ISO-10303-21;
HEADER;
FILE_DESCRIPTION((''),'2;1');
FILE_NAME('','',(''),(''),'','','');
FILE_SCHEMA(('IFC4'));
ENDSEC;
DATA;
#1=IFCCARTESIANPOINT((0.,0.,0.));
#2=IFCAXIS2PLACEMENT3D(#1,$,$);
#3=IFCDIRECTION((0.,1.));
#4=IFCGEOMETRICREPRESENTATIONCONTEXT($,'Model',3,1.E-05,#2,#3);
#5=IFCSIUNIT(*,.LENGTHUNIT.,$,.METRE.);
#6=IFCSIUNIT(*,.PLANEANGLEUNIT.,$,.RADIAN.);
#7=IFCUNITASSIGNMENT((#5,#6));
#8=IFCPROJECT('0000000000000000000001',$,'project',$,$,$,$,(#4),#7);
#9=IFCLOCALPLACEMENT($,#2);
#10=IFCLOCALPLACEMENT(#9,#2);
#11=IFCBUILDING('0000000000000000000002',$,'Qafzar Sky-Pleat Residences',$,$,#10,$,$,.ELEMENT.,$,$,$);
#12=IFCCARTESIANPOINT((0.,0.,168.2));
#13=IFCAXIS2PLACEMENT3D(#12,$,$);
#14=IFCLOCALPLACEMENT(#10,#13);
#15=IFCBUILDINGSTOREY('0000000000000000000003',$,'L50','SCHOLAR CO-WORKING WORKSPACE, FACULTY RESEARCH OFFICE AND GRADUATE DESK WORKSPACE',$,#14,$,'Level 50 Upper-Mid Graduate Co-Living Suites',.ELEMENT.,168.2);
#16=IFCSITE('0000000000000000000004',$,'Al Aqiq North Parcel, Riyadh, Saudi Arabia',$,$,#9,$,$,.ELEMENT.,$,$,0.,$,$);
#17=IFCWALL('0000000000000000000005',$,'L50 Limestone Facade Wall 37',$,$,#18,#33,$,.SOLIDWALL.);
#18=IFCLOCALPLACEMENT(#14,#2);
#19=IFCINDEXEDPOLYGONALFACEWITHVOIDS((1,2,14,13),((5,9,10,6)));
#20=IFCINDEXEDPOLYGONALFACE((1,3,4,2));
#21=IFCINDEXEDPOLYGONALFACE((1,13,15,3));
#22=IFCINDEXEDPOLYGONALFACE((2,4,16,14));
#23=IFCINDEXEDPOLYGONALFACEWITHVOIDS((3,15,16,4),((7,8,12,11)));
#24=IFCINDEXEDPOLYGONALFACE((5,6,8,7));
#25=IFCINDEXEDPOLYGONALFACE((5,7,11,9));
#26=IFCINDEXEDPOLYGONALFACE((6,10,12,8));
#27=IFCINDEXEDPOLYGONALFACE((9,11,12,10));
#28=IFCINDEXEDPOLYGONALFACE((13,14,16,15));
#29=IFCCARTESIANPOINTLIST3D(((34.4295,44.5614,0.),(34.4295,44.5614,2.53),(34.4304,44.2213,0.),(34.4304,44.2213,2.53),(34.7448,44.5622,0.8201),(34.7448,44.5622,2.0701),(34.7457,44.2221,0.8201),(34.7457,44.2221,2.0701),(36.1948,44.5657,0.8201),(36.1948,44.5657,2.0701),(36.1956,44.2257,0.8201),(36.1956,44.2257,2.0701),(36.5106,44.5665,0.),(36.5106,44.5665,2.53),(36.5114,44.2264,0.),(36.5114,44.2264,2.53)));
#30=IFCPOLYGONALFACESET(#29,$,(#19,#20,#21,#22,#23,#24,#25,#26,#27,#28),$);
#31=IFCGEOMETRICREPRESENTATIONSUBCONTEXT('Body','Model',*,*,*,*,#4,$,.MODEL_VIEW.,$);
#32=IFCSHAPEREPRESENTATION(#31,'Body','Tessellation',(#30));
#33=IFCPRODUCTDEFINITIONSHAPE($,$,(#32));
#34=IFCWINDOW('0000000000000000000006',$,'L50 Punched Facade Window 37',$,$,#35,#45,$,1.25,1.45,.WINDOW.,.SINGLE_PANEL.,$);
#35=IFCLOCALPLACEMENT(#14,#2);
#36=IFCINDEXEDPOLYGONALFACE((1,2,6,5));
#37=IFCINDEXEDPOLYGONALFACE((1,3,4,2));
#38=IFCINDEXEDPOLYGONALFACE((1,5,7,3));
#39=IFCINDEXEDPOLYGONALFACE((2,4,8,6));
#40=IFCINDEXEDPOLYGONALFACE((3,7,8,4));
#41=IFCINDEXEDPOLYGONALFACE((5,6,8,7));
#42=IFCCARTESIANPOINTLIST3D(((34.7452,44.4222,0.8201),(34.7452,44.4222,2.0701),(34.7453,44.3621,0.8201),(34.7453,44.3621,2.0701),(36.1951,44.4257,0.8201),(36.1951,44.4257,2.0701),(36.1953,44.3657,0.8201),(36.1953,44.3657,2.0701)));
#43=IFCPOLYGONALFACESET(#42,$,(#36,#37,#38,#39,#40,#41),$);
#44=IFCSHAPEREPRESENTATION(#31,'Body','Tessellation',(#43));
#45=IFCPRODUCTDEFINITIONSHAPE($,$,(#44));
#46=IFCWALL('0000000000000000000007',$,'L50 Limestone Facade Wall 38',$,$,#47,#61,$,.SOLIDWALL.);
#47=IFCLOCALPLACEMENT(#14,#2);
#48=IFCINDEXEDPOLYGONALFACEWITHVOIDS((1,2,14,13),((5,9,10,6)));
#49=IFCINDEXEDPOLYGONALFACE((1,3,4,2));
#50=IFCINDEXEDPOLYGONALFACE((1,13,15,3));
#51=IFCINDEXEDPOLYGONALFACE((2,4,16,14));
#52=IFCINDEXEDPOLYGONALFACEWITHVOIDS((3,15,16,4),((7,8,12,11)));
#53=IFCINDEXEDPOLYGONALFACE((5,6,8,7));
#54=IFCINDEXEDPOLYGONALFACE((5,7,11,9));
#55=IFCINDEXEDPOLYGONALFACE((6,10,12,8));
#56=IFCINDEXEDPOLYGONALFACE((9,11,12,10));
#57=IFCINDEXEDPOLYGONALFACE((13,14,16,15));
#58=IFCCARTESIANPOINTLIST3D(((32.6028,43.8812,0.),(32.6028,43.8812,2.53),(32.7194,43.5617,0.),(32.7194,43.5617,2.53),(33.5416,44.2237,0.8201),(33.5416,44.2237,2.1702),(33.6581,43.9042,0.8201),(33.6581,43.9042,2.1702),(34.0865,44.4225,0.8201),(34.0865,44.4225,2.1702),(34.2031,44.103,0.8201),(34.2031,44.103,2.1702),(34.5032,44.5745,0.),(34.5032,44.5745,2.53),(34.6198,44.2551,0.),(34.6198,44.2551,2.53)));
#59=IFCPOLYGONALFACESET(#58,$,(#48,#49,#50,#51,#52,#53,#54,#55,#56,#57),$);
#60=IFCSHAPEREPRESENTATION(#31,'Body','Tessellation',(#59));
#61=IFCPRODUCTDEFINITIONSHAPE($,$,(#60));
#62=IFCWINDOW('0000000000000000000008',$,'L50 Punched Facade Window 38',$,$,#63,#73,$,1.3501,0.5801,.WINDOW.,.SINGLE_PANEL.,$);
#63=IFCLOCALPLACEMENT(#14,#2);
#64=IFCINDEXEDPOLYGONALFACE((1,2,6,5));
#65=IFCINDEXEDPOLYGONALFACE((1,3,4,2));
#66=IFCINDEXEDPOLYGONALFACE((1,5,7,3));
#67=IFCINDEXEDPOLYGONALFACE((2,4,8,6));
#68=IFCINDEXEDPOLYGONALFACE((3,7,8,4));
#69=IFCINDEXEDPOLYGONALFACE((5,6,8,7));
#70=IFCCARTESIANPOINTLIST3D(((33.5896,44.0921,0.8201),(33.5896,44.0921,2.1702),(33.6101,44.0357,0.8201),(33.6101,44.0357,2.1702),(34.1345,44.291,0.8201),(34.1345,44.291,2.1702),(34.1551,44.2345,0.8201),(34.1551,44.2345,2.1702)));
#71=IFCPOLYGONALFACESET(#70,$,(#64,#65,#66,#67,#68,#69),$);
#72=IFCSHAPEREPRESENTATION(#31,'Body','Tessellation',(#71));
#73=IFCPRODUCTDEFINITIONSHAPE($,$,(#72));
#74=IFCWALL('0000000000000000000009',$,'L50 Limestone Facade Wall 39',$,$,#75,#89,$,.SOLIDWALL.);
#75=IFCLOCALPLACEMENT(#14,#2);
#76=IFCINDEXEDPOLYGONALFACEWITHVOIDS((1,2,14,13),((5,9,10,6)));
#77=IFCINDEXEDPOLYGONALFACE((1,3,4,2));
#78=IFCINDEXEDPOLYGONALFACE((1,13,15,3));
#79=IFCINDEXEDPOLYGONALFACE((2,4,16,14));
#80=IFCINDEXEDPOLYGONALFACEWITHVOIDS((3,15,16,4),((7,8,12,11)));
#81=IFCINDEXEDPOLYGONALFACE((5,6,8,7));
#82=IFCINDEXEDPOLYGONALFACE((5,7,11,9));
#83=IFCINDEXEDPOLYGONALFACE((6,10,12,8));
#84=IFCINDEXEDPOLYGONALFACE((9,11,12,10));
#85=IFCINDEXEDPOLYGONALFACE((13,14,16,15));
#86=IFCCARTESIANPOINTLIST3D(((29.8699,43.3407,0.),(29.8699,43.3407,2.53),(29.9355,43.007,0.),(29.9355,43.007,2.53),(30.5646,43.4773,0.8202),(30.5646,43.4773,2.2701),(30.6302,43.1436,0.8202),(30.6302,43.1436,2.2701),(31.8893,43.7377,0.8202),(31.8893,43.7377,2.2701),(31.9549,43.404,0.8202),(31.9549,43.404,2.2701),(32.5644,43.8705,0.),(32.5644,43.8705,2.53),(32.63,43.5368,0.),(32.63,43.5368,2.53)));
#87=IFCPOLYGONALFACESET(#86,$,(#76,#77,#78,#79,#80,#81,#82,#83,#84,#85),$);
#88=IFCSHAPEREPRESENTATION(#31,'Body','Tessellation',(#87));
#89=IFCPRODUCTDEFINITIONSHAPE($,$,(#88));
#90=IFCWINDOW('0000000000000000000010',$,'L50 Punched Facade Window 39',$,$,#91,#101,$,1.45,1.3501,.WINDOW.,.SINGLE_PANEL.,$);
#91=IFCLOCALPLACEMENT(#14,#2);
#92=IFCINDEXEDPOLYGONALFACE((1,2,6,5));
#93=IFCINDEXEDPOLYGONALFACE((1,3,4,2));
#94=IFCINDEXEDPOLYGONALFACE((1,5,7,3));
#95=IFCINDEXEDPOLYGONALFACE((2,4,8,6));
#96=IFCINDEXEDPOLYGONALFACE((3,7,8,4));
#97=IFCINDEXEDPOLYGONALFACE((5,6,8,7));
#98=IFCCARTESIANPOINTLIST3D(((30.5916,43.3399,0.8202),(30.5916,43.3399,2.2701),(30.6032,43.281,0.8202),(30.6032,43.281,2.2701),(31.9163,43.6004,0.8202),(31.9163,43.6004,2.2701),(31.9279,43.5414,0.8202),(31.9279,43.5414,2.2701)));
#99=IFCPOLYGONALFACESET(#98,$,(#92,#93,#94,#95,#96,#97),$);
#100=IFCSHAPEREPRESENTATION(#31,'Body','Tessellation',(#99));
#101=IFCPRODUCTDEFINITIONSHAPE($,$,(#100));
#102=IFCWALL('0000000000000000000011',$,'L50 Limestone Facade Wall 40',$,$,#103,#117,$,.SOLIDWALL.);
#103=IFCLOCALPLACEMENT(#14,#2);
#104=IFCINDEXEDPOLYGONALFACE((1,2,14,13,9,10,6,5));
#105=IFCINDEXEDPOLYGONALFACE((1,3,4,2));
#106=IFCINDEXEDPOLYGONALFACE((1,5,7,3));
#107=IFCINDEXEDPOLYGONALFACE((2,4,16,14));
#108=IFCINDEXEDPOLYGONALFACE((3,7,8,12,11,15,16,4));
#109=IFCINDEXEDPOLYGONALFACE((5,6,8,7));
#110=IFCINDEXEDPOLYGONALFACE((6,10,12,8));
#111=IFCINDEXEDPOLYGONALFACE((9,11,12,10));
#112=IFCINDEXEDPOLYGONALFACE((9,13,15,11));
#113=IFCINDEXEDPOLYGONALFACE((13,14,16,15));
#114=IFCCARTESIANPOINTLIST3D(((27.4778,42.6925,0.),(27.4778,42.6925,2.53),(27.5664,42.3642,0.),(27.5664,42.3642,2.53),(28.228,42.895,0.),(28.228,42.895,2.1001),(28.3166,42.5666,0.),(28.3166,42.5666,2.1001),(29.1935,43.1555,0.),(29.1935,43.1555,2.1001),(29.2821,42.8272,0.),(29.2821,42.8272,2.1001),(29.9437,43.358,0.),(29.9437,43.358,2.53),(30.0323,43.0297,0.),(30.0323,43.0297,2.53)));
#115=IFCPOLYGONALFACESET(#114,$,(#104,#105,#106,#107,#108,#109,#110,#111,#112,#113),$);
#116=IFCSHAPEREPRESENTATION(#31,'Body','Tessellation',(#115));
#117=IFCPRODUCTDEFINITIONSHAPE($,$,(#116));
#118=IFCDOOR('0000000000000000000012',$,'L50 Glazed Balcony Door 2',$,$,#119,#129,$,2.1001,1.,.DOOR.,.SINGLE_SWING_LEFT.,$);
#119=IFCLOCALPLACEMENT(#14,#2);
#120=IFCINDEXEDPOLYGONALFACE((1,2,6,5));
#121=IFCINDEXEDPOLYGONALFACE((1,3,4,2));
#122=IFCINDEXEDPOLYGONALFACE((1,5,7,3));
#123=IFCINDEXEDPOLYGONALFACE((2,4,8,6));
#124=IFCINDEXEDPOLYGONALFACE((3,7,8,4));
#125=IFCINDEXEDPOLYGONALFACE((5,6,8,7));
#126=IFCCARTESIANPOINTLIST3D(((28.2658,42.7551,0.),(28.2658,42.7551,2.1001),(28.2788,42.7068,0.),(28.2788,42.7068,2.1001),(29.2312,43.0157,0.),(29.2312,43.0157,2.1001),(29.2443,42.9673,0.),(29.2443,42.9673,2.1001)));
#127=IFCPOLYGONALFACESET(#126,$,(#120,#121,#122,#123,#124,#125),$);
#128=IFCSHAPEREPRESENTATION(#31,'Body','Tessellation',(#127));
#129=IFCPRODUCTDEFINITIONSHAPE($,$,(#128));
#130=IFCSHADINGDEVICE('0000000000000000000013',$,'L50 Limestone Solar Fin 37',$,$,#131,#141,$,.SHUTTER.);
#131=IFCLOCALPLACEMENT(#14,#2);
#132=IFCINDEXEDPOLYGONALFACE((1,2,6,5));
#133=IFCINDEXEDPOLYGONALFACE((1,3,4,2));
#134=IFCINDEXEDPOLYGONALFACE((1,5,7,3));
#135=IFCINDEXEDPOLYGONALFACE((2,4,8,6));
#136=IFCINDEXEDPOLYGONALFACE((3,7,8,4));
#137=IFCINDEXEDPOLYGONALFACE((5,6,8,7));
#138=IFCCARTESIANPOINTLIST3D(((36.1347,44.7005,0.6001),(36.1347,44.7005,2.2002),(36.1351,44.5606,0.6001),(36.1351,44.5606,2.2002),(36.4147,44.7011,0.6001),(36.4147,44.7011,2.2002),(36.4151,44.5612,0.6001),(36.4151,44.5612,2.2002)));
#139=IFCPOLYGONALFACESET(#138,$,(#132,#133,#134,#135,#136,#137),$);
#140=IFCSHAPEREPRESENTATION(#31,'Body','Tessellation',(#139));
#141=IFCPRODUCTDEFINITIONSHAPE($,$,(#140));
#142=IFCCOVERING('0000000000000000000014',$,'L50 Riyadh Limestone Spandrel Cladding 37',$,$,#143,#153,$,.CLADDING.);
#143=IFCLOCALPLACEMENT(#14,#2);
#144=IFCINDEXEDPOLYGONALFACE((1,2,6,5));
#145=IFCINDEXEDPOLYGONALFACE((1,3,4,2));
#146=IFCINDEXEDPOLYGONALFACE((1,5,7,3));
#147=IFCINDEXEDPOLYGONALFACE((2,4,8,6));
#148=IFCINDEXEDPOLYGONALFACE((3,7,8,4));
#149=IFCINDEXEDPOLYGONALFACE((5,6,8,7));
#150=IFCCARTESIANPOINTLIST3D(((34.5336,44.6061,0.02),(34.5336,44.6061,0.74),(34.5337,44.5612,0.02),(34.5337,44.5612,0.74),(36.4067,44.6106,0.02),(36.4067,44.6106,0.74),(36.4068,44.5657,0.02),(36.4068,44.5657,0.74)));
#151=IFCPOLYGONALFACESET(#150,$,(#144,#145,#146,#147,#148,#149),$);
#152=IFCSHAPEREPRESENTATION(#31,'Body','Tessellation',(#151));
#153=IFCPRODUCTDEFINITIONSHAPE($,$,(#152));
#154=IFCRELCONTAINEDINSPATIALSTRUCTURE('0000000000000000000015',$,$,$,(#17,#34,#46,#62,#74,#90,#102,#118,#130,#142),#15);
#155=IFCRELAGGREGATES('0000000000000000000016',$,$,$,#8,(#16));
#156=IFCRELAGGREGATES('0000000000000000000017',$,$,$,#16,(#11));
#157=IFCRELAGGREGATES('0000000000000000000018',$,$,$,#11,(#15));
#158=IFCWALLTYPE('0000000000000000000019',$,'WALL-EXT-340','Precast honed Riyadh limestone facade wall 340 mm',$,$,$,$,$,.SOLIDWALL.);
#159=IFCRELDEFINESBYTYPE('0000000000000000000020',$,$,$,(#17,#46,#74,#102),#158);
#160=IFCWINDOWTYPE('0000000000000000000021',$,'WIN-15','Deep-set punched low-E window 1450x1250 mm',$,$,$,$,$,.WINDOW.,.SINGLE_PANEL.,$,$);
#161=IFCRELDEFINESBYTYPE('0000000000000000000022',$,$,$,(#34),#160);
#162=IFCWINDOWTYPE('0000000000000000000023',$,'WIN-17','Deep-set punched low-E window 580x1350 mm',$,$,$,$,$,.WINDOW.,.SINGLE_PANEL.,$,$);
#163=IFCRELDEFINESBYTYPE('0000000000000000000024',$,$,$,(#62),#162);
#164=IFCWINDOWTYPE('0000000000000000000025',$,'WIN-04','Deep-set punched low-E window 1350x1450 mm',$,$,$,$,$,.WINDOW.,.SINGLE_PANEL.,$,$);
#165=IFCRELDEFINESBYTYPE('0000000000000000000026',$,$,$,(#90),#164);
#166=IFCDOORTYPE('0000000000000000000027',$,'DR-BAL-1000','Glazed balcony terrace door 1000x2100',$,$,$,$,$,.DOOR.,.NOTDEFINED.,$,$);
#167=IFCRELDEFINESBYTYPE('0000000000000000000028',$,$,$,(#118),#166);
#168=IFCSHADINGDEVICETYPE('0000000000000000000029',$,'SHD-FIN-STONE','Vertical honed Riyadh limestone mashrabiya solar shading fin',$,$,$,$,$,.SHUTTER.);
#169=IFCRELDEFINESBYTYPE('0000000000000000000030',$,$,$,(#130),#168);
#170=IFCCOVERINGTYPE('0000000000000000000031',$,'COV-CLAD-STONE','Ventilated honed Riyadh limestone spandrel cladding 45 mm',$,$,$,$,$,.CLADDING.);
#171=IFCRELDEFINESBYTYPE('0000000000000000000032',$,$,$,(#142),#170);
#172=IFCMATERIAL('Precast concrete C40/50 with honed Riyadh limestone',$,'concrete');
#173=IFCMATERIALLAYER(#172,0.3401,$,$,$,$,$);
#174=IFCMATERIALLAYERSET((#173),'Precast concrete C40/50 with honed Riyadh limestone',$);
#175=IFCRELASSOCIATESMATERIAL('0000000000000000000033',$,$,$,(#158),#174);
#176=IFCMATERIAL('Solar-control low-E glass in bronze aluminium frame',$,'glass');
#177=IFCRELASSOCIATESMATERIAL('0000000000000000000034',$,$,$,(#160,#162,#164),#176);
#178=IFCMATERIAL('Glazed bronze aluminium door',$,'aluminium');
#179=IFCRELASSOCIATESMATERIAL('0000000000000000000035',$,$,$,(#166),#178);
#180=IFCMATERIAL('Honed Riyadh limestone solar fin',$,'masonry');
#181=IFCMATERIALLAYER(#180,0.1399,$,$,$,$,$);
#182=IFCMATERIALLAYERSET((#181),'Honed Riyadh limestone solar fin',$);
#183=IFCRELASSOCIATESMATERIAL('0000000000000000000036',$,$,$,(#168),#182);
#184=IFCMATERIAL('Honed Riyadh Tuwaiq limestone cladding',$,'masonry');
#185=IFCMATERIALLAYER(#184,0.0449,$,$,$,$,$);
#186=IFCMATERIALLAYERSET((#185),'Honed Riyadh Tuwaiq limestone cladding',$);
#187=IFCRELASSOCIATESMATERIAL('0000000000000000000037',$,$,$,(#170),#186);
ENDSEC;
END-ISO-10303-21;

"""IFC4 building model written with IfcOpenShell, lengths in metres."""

from ifc_helpers import new_model, si_unit, direction, frame, frame_2d, origin, origin_2d, place, context, subcontext, project, spatial, rectangle, extrude, source, transform, mapped, material, layer, layer_set, type_object, element, fill, save


model = new_model("IFC4")

# Units and contexts
model_context = context("Model", 3, precision=1e-05, world=origin(), true_north=direction((0.0, 1.0)))
body_context = subcontext(model_context, "Body", "Model", "MODEL_VIEW")
ifc_project = project(units=[si_unit("LENGTHUNIT", "METRE"), si_unit("PLANEANGLEUNIT", "RADIAN")], contexts=[model_context])

# Site, building, storey
site_placement = place(None, origin())
site = spatial("IfcSite", under=ifc_project, at=site_placement, Name="Al Aqiq North Parcel, Riyadh, Saudi Arabia", CompositionType="ELEMENT", RefElevation=0.0)
building_placement = place(site_placement, origin())
building = spatial("IfcBuilding", under=site, at=building_placement, Name="Qafzar Sky-Pleat Residences", CompositionType="ELEMENT")
storey_placement = place(building_placement, frame((0.0, 0.0, 168.2)))
storey = spatial("IfcBuildingStorey", under=building, at=storey_placement, Name="L50", Description="SCHOLAR CO-WORKING WORKSPACE, FACULTY RESEARCH OFFICE AND GRADUATE DESK WORKSPACE", LongName="Level 50 Upper-Mid Graduate Co-Living Suites", CompositionType="ELEMENT", Elevation=168.2)

# Walls, openings, windows
ifc_material_1 = material(Name="Precast concrete C40/50 with honed Riyadh limestone", Category="concrete")
ifc_layer_1 = layer(ifc_material_1, 0.3401)
ifc_layer_set_1 = layer_set([ifc_layer_1], Name="Precast concrete C40/50 with honed Riyadh limestone")
wall_type_1 = type_object("IfcWallType", Name="WALL-EXT-340", Description="Precast honed Riyadh limestone facade wall 340 mm", PredefinedType="SOLIDWALL", material=ifc_layer_set_1)
wall_1_placement = place(storey_placement, frame((36.511, 44.3965, 0.0), z_axis=(0.0, 0.0, 1.0), x_axis=(-0.999997, -0.002464, 0.0)))
wall_1 = element("IfcWall", 1, at=wall_1_placement, inside=storey, type_object=wall_type_1, Name="L50 Limestone Facade Wall 37", PredefinedType="SOLIDWALL", context=body_context, shape_type="SweptSolid", body=[
    extrude(rectangle(XDim=2.0811, YDim=0.3401, at=frame_2d((1.0405, 0.0))), origin(), (0.0, 0.0, 1.0), 2.53),
])
opening_1_placement = place(wall_1_placement, frame((0.3157, 0.0, 0.8201)))
opening_1 = element("IfcOpeningElement", 2, at=opening_1_placement, cuts=wall_1, PredefinedType="OPENING", context=body_context, shape_type="SweptSolid", body=[
    extrude(rectangle(XDim=1.45, YDim=1.25, at=frame_2d((0.7251, 0.625))), frame((0.0, 0.1802, 0.0), z_axis=(0.0, -1.0, 0.0), x_axis=(1.0, 0.0, 0.0)), (0.0, 0.0, 1.0), 0.3601),
])
ifc_material_2 = material(Name="Solar-control low-E glass in bronze aluminium frame", Category="glass")
window_type_1 = type_object("IfcWindowType", Name="WIN-15", Description="Deep-set punched low-E window 1450x1250 mm", PartitioningType="SINGLE_PANEL", PredefinedType="WINDOW", material=ifc_material_2)
shared_shape_1 = source(origin(), body_context, "Body", "SweptSolid", [
    extrude(rectangle(XDim=1.45, YDim=1.25, at=frame_2d((0.7251, 0.625))), frame((0.0, 0.03, 0.0), z_axis=(0.0, -1.0, 0.0), x_axis=(1.0, 0.0, 0.0)), (0.0, 0.0, 1.0), 0.0601),
])
window_1_placement = place(opening_1_placement, origin())
window_1 = element("IfcWindow", 3, at=window_1_placement, inside=storey, type_object=window_type_1, Name="L50 Punched Facade Window 37", OverallHeight=1.25, OverallWidth=1.45, PartitioningType="SINGLE_PANEL", PredefinedType="WINDOW", context=body_context, shape_type="MappedRepresentation", body=[
    mapped(shared_shape_1, transform((0.0, 0.0, 0.0), x_axis=(1.0, 0.0, 0.0), y_axis=(0.0, 1.0, 0.0), z_axis=(0.0, 0.0, 1.0), scale=1.0)),
])
fill(opening_1, window_1)
wall_2_placement = place(storey_placement, frame((34.5615, 44.4148, 0.0), z_axis=(0.0, 0.0, 1.0), x_axis=(-0.939426, -0.342751, 0.0)))
wall_2 = element("IfcWall", 4, at=wall_2_placement, inside=storey, type_object=wall_type_1, Name="L50 Limestone Facade Wall 38", PredefinedType="SOLIDWALL", context=body_context, shape_type="SweptSolid", body=[
    extrude(rectangle(XDim=2.0229, YDim=0.3401, at=frame_2d((1.0115, 0.0))), origin(), (0.0, 0.0, 1.0), 2.53),
])
opening_2_placement = place(wall_2_placement, frame((0.4436, 0.0, 0.8201)))
opening_2 = element("IfcOpeningElement", 5, at=opening_2_placement, cuts=wall_2, PredefinedType="OPENING", context=body_context, shape_type="SweptSolid", body=[
    extrude(rectangle(XDim=0.5801, YDim=1.3501, at=frame_2d((0.29, 0.675))), frame((0.0, 0.1802, 0.0), z_axis=(0.0, -1.0, 0.0), x_axis=(1.0, 0.0, 0.0)), (0.0, 0.0, 1.0), 0.3601),
])
window_type_2 = type_object("IfcWindowType", Name="WIN-17", Description="Deep-set punched low-E window 580x1350 mm", PartitioningType="SINGLE_PANEL", PredefinedType="WINDOW", material=ifc_material_2)
shared_shape_2 = source(origin(), body_context, "Body", "SweptSolid", [
    extrude(rectangle(XDim=0.5801, YDim=1.3501, at=frame_2d((0.29, 0.675))), frame((0.0, 0.03, 0.0), z_axis=(0.0, -1.0, 0.0), x_axis=(1.0, 0.0, 0.0)), (0.0, 0.0, 1.0), 0.0601),
])
window_2_placement = place(opening_2_placement, origin())
window_2 = element("IfcWindow", 6, at=window_2_placement, inside=storey, type_object=window_type_2, Name="L50 Punched Facade Window 38", OverallHeight=1.3501, OverallWidth=0.5801, PartitioningType="SINGLE_PANEL", PredefinedType="WINDOW", context=body_context, shape_type="MappedRepresentation", body=[
    mapped(shared_shape_2, transform((0.0, 0.0, 0.0), x_axis=(1.0, 0.0, 0.0), y_axis=(0.0, 1.0, 0.0), z_axis=(0.0, 0.0, 1.0), scale=1.0)),
])
fill(opening_2, window_2)
wall_3_placement = place(storey_placement, frame((32.5972, 43.7036, 0.0), z_axis=(0.0, 0.0, 1.0), x_axis=(-0.981215, -0.192918, 0.0)))
wall_3 = element("IfcWall", 7, at=wall_3_placement, inside=storey, type_object=wall_type_1, Name="L50 Limestone Facade Wall 39", PredefinedType="SOLIDWALL", context=body_context, shape_type="SweptSolid", body=[
    extrude(rectangle(XDim=2.7461, YDim=0.3401, at=frame_2d((1.373, 0.0))), origin(), (0.0, 0.0, 1.0), 2.53),
])
opening_3_placement = place(wall_3_placement, frame((0.688, 0.0, 0.8201)))
opening_3 = element("IfcOpeningElement", 8, at=opening_3_placement, cuts=wall_3, PredefinedType="OPENING", context=body_context, shape_type="SweptSolid", body=[
    extrude(rectangle(XDim=1.3501, YDim=1.45, at=frame_2d((0.675, 0.7251))), frame((0.0, 0.1802, 0.0), z_axis=(0.0, -1.0, 0.0), x_axis=(1.0, 0.0, 0.0)), (0.0, 0.0, 1.0), 0.3601),
])
window_type_3 = type_object("IfcWindowType", Name="WIN-04", Description="Deep-set punched low-E window 1350x1450 mm", PartitioningType="SINGLE_PANEL", PredefinedType="WINDOW", material=ifc_material_2)
shared_shape_3 = source(origin(), body_context, "Body", "SweptSolid", [
    extrude(rectangle(XDim=1.3501, YDim=1.45, at=frame_2d((0.675, 0.7251))), frame((0.0, 0.03, 0.0), z_axis=(0.0, -1.0, 0.0), x_axis=(1.0, 0.0, 0.0)), (0.0, 0.0, 1.0), 0.0601),
])
window_3_placement = place(opening_3_placement, origin())
window_3 = element("IfcWindow", 9, at=window_3_placement, inside=storey, type_object=window_type_3, Name="L50 Punched Facade Window 39", OverallHeight=1.45, OverallWidth=1.3501, PartitioningType="SINGLE_PANEL", PredefinedType="WINDOW", context=body_context, shape_type="MappedRepresentation", body=[
    mapped(shared_shape_3, transform((0.0, 0.0, 0.0), x_axis=(1.0, 0.0, 0.0), y_axis=(0.0, 1.0, 0.0), z_axis=(0.0, 0.0, 1.0), scale=1.0)),
])
fill(opening_3, window_3)

# Wall, opening, door
wall_4_placement = place(storey_placement, frame((29.988, 43.1938, 0.0), z_axis=(0.0, 0.0, 1.0), x_axis=(-0.96546, -0.260553, 0.0)))
wall_4 = element("IfcWall", 10, at=wall_4_placement, inside=storey, type_object=wall_type_1, Name="L50 Limestone Facade Wall 40", PredefinedType="SOLIDWALL", context=body_context, shape_type="SweptSolid", body=[
    extrude(rectangle(XDim=2.5542, YDim=0.3401, at=frame_2d((1.2771, 0.0))), origin(), (0.0, 0.0, 1.0), 2.53),
])
opening_4_placement = place(wall_4_placement, frame((0.7771, 0.0, 0.0)))
opening_4 = element("IfcOpeningElement", 11, at=opening_4_placement, cuts=wall_4, PredefinedType="OPENING", context=body_context, shape_type="SweptSolid", body=[
    extrude(rectangle(XDim=1.0, YDim=2.1001, at=frame_2d((0.5, 1.05))), frame((0.0, 0.1802, 0.0), z_axis=(0.0, -1.0, 0.0), x_axis=(1.0, 0.0, 0.0)), (0.0, 0.0, 1.0), 0.3601),
])
ifc_material_3 = material(Name="Glazed bronze aluminium door", Category="aluminium")
door_type_1 = type_object("IfcDoorType", Name="DR-BAL-1000", Description="Glazed balcony terrace door 1000x2100", OperationType="NOTDEFINED", PredefinedType="DOOR", material=ifc_material_3)
shared_shape_4 = source(origin(), body_context, "Body", "SweptSolid", [
    extrude(rectangle(XDim=1.0, YDim=2.1001, at=frame_2d((0.5, 1.05))), frame((0.0, 0.0249, 0.0), z_axis=(0.0, -1.0, 0.0), x_axis=(1.0, 0.0, 0.0)), (0.0, 0.0, 1.0), 0.05),
])
door_1_placement = place(opening_4_placement, origin())
door_1 = element("IfcDoor", 12, at=door_1_placement, inside=storey, type_object=door_type_1, Name="L50 Glazed Balcony Door 2", OperationType="SINGLE_SWING_LEFT", OverallHeight=2.1001, OverallWidth=1.0, PredefinedType="DOOR", context=body_context, shape_type="MappedRepresentation", body=[
    mapped(shared_shape_4, transform((0.0, 0.0, 0.0), x_axis=(1.0, 0.0, 0.0), y_axis=(0.0, 1.0, 0.0), z_axis=(0.0, 0.0, 1.0), scale=1.0)),
])
fill(opening_4, door_1)

# Shading device
ifc_material_4 = material(Name="Honed Riyadh limestone solar fin", Category="masonry")
ifc_layer_2 = layer(ifc_material_4, 0.1399)
ifc_layer_set_2 = layer_set([ifc_layer_2], Name="Honed Riyadh limestone solar fin")
shading_device_type = type_object("IfcShadingDeviceType", Name="SHD-FIN-STONE", Description="Vertical honed Riyadh limestone mashrabiya solar shading fin", PredefinedType="SHUTTER", material=ifc_layer_set_2)
shared_shape_5 = source(origin(), body_context, "Body", "SweptSolid", [
    extrude(rectangle(XDim=0.1399, YDim=0.28, at=origin_2d()), origin(), (0.0, 0.0, 1.0), 1.6001),
])
shading_device_placement = place(storey_placement, frame((36.2749, 44.6309, 0.6001), z_axis=(0.0, 0.0, 1.0), x_axis=(-0.002394, 0.999997, 0.0)))
element("IfcShadingDevice", 13, at=shading_device_placement, inside=storey, type_object=shading_device_type, Name="L50 Limestone Solar Fin 37", PredefinedType="SHUTTER", context=body_context, shape_type="MappedRepresentation", body=[
    mapped(shared_shape_5, transform((0.0, 0.0, 0.0), x_axis=(1.0, 0.0, 0.0), y_axis=(0.0, 1.0, 0.0), z_axis=(0.0, 0.0, 1.0), scale=1.0)),
])

# Covering
ifc_material_5 = material(Name="Honed Riyadh Tuwaiq limestone cladding", Category="masonry")
ifc_layer_3 = layer(ifc_material_5, 0.0449)
ifc_layer_set_3 = layer_set([ifc_layer_3], Name="Honed Riyadh Tuwaiq limestone cladding")
covering_type = type_object("IfcCoveringType", Name="COV-CLAD-STONE", Description="Ventilated honed Riyadh limestone spandrel cladding 45 mm", PredefinedType="CLADDING", material=ifc_layer_set_3)
shared_shape_6 = source(origin(), body_context, "Body", "SweptSolid", [
    extrude(rectangle(XDim=1.873, YDim=0.0449, at=origin_2d()), origin(), (0.0, 0.0, 1.0), 0.72),
])
covering_1_placement = place(storey_placement, frame((35.4702, 44.5859, 0.02), z_axis=(0.0, 0.0, 1.0), x_axis=(-0.999997, -0.002403, 0.0)))
element("IfcCovering", 14, at=covering_1_placement, inside=storey, type_object=covering_type, Name="L50 Riyadh Limestone Spandrel Cladding 37", PredefinedType="CLADDING", context=body_context, shape_type="MappedRepresentation", body=[
    mapped(shared_shape_6, transform((0.0, 0.0, 0.0), x_axis=(1.0, 0.0, 0.0), y_axis=(0.0, 1.0, 0.0), z_axis=(0.0, 0.0, 1.0), scale=1.0)),
])

save(model, "model.ifc")
